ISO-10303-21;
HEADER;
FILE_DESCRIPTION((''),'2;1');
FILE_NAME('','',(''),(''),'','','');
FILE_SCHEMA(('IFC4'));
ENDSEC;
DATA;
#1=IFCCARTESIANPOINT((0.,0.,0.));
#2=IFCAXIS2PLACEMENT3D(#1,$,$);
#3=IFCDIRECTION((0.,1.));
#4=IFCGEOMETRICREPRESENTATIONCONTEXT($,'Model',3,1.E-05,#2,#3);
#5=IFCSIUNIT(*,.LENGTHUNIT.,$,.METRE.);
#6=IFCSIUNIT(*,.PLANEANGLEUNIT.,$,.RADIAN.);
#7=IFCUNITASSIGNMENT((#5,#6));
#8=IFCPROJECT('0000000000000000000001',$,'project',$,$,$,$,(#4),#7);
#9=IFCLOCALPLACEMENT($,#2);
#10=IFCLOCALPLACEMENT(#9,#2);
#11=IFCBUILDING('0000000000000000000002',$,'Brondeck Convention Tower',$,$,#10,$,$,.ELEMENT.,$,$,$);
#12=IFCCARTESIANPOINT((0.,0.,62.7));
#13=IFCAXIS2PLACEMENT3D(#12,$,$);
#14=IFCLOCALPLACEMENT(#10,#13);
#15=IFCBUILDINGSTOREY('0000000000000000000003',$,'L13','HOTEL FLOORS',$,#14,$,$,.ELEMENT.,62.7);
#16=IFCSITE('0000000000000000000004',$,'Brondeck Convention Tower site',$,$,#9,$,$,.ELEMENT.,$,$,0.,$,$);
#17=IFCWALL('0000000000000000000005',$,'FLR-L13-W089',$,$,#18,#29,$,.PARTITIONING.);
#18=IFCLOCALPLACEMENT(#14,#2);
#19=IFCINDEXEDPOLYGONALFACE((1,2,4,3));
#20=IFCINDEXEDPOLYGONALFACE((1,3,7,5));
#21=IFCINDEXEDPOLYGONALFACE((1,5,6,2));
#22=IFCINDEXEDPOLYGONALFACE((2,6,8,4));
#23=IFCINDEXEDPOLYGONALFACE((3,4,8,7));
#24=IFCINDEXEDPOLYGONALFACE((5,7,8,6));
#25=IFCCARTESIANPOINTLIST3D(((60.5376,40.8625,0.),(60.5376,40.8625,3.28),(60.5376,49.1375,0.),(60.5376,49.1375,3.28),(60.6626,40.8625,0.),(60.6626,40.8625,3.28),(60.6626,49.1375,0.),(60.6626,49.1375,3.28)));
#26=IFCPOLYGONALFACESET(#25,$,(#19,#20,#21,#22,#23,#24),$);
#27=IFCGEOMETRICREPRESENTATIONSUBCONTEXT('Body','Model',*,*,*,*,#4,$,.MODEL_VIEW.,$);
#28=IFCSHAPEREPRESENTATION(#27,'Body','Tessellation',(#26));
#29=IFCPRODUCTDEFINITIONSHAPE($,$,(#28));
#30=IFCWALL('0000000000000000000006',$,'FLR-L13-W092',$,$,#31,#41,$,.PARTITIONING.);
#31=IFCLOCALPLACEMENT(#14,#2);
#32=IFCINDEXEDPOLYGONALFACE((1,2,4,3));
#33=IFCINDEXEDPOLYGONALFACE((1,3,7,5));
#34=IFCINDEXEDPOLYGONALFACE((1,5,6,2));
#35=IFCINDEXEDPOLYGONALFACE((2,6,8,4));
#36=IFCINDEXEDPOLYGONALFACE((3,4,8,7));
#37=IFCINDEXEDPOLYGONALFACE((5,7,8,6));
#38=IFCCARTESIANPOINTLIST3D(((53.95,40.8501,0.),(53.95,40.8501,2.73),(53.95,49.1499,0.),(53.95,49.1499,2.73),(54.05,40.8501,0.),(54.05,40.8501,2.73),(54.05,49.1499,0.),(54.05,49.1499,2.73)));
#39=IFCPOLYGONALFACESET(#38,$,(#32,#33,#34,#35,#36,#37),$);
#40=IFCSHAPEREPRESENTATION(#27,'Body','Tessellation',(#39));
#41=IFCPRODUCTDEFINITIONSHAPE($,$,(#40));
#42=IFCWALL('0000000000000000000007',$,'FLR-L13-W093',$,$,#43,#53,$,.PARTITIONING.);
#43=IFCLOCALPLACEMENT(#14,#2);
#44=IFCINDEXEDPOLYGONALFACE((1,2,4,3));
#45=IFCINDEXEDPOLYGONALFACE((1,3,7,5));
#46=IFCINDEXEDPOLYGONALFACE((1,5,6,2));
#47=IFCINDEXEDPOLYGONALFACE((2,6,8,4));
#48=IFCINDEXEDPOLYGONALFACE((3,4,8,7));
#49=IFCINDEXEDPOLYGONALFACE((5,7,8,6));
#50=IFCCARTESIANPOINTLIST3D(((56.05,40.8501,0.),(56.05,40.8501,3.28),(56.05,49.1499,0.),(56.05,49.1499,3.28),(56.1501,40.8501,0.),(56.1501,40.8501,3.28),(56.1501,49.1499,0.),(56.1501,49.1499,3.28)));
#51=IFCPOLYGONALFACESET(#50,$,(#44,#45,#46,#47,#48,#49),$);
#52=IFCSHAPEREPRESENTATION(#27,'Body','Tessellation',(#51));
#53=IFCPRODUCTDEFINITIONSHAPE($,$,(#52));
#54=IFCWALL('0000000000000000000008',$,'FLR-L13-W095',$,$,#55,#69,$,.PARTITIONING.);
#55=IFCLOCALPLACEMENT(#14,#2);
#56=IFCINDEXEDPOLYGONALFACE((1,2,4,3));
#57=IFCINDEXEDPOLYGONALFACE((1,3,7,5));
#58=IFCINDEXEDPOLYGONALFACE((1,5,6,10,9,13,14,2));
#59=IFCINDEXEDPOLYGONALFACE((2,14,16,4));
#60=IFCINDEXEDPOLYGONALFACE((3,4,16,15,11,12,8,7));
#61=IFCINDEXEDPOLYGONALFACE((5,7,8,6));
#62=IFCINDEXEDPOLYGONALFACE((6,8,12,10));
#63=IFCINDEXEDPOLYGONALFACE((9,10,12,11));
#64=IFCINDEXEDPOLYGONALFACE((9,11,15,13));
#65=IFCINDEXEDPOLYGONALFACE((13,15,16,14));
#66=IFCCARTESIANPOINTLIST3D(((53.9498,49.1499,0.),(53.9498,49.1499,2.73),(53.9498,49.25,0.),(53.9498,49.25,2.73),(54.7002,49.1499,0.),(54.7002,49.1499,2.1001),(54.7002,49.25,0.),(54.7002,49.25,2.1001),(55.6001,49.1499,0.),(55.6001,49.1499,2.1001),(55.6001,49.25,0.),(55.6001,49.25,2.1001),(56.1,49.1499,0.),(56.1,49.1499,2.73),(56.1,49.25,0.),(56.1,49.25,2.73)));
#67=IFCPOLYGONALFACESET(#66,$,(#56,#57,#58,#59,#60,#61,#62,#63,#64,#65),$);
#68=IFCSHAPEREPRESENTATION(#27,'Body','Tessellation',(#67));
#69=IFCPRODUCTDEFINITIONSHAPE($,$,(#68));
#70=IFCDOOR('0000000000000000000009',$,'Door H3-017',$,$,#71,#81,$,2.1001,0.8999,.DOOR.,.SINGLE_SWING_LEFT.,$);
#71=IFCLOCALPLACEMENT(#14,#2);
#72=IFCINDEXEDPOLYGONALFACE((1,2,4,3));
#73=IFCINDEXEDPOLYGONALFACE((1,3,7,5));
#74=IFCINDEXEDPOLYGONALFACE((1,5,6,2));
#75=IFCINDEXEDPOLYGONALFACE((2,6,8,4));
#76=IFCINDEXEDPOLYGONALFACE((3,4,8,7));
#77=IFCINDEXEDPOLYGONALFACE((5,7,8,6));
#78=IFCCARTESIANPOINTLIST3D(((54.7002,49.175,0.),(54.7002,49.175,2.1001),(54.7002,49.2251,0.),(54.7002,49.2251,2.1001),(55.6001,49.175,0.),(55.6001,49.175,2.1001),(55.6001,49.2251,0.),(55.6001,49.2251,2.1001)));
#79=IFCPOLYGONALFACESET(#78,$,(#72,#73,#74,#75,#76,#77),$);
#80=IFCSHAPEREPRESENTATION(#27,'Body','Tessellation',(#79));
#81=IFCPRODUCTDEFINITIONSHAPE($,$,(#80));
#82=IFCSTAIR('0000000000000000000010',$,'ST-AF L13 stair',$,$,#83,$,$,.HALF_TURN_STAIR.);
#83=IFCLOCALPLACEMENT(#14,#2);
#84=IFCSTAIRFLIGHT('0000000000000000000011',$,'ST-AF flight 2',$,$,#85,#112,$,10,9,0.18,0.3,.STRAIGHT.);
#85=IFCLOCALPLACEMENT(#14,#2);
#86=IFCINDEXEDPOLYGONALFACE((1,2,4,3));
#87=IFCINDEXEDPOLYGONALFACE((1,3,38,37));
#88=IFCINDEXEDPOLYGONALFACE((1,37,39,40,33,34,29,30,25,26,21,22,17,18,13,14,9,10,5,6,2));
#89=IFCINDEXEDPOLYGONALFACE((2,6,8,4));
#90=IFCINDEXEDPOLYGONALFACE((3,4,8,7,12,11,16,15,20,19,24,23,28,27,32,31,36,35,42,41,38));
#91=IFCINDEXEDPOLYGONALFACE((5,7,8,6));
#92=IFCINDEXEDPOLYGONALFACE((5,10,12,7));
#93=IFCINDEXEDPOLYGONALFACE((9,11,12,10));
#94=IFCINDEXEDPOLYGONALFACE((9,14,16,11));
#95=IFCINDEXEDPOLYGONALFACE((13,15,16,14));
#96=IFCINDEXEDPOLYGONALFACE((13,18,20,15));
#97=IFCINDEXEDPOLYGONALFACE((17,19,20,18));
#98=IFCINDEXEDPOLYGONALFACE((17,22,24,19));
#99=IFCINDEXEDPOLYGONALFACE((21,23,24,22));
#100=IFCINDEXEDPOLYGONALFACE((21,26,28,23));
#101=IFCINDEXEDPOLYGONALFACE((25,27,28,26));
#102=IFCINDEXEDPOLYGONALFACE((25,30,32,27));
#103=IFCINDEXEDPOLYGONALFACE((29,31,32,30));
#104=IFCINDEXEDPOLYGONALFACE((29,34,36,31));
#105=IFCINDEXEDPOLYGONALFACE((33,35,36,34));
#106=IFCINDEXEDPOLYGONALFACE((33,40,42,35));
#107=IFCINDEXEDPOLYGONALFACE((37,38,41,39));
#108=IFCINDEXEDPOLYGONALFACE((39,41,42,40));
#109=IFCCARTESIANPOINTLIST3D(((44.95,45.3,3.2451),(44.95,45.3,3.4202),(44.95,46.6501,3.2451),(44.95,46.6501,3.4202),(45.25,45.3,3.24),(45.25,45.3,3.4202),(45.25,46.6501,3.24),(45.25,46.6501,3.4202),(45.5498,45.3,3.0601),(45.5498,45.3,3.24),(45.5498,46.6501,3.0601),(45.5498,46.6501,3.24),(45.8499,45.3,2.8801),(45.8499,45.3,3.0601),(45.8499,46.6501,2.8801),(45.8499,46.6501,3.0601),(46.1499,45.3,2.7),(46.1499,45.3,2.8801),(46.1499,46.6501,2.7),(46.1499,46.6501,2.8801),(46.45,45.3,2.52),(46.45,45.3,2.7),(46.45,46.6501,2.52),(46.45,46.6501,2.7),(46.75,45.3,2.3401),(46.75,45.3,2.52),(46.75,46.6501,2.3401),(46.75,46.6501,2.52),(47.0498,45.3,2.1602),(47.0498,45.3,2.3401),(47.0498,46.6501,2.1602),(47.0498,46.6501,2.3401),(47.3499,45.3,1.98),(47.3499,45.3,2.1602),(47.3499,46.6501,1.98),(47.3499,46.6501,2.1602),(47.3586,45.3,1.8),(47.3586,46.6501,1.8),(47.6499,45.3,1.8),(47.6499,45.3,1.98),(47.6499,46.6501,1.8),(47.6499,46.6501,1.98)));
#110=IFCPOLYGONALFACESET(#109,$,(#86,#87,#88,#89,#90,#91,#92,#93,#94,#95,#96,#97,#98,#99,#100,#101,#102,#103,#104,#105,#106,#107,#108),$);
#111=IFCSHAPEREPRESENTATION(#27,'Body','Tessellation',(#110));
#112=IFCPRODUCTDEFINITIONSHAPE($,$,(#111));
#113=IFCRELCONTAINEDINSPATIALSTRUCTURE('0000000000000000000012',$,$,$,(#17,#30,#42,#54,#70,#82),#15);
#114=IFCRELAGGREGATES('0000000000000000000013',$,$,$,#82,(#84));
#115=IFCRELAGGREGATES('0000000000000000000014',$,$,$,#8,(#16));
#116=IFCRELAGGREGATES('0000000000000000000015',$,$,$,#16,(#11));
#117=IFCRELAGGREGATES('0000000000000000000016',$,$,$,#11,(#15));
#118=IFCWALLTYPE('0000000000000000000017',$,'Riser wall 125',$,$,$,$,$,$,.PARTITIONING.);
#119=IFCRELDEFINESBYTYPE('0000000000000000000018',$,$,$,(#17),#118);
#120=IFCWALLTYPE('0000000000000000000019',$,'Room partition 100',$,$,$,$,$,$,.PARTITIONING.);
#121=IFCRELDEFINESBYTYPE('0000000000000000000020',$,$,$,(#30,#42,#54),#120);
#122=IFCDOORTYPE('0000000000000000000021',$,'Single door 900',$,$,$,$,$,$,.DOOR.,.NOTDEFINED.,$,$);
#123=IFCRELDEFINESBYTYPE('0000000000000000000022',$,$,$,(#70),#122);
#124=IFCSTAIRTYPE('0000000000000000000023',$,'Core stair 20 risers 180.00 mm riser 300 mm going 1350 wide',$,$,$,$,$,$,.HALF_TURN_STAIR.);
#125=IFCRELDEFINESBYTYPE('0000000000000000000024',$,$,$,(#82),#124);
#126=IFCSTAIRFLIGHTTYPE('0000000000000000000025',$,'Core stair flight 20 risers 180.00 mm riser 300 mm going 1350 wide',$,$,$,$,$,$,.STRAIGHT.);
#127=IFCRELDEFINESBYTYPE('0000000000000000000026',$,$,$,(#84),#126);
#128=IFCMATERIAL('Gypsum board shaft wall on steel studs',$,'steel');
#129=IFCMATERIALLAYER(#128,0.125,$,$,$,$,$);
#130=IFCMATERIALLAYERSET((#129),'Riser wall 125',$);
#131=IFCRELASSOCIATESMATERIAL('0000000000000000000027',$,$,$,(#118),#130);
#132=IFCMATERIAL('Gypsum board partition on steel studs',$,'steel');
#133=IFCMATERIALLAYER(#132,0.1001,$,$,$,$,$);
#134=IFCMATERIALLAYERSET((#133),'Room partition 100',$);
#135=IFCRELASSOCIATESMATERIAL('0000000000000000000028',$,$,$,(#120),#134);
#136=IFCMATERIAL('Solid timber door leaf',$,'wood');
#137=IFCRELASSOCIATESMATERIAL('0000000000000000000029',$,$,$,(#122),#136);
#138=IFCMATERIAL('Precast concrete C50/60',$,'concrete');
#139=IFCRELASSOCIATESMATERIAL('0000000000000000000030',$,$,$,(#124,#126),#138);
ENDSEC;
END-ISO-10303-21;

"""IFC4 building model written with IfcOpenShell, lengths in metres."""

from ifc_helpers import new_model, si_unit, direction, frame, frame_2d, origin, place, context, subcontext, project, spatial, polyline, rectangle, outline, extrude, material, layer, layer_set, type_object, element, fill, aggregate, save


model = new_model("IFC4")

# Units and contexts
model_context = context("Model", 3, precision=1e-05, world=origin(), true_north=direction((0.0, 1.0)))
body_context = subcontext(model_context, "Body", "Model", "MODEL_VIEW")
ifc_project = project(units=[si_unit("LENGTHUNIT", "METRE"), si_unit("PLANEANGLEUNIT", "RADIAN")], contexts=[model_context])

# Site, building, storey
site_placement = place(None, origin())
site = spatial("IfcSite", under=ifc_project, at=site_placement, Name="Brondeck Convention Tower site", CompositionType="ELEMENT", RefElevation=0.0)
building_placement = place(site_placement, origin())
building = spatial("IfcBuilding", under=site, at=building_placement, Name="Brondeck Convention Tower", CompositionType="ELEMENT")
storey_placement = place(building_placement, frame((0.0, 0.0, 62.7)))
storey = spatial("IfcBuildingStorey", under=building, at=storey_placement, Name="L13", Description="HOTEL FLOORS", CompositionType="ELEMENT", Elevation=62.7)

# Shared definitions
ifc_material_1 = material(Name="Solid timber door leaf", Category="wood")

# Walls
ifc_material_2 = material(Name="Gypsum board shaft wall on steel studs", Category="steel")
ifc_layer_1 = layer(ifc_material_2, 0.125)
ifc_layer_set_1 = layer_set([ifc_layer_1], Name="Riser wall 125")
wall_type_1 = type_object("IfcWallType", Name="Riser wall 125", PredefinedType="PARTITIONING", material=ifc_layer_set_1)
wall_1_placement = place(storey_placement, frame((60.6001, 49.1375, 0.0), z_axis=(0.0, 0.0, 1.0), x_axis=(0.0, -1.0, 0.0)))
element("IfcWall", 1, at=wall_1_placement, inside=storey, type_object=wall_type_1, Name="FLR-L13-W089", PredefinedType="PARTITIONING", context=body_context, shape_type="SweptSolid", body=[
    extrude(rectangle(XDim=8.2749, YDim=0.125, at=frame_2d((4.1375, 0.0))), origin(), (0.0, 0.0, 1.0), 3.28),
])
ifc_material_3 = material(Name="Gypsum board partition on steel studs", Category="steel")
ifc_layer_2 = layer(ifc_material_3, 0.1001)
ifc_layer_set_2 = layer_set([ifc_layer_2], Name="Room partition 100")
wall_type_2 = type_object("IfcWallType", Name="Room partition 100", PredefinedType="PARTITIONING", material=ifc_layer_set_2)
wall_2_placement = place(storey_placement, frame((54.0, 49.1499, 0.0), z_axis=(0.0, 0.0, 1.0), x_axis=(0.0, -1.0, 0.0)))
element("IfcWall", 2, at=wall_2_placement, inside=storey, type_object=wall_type_2, Name="FLR-L13-W092", PredefinedType="PARTITIONING", context=body_context, shape_type="SweptSolid", body=[
    extrude(rectangle(XDim=8.2998, YDim=0.1001, at=frame_2d((4.1499, 0.0))), origin(), (0.0, 0.0, 1.0), 2.73),
])
wall_3_placement = place(storey_placement, frame((56.1001, 49.1499, 0.0), z_axis=(0.0, 0.0, 1.0), x_axis=(0.0, -1.0, 0.0)))
element("IfcWall", 3, at=wall_3_placement, inside=storey, type_object=wall_type_2, Name="FLR-L13-W093", PredefinedType="PARTITIONING", context=body_context, shape_type="SweptSolid", body=[
    extrude(rectangle(XDim=8.2998, YDim=0.1001, at=frame_2d((4.1499, 0.0))), origin(), (0.0, 0.0, 1.0), 3.28),
])

# Wall, opening, door
wall_4_placement = place(storey_placement, frame((56.1001, 49.2, 0.0), z_axis=(0.0, 0.0, 1.0), x_axis=(-1.0, 0.0, 0.0)))
wall_4 = element("IfcWall", 4, at=wall_4_placement, inside=storey, type_object=wall_type_2, Name="FLR-L13-W095", PredefinedType="PARTITIONING", context=body_context, shape_type="SweptSolid", body=[
    extrude(rectangle(XDim=2.1501, YDim=0.1001, at=frame_2d((1.0752, 0.0))), origin(), (0.0, 0.0, 1.0), 2.73),
])
opening_1_placement = place(wall_4_placement, frame((0.5, 0.0, 0.0)))
opening_1 = element("IfcOpeningElement", 5, at=opening_1_placement, cuts=wall_4, PredefinedType="OPENING", context=body_context, shape_type="SweptSolid", body=[
    extrude(rectangle(XDim=0.8999, YDim=2.1001, at=frame_2d((0.45, 1.05))), frame((0.0, 0.0601, 0.0), z_axis=(0.0, -1.0, 0.0), x_axis=(1.0, 0.0, 0.0)), (0.0, 0.0, 1.0), 0.1201),
])
door_type_1 = type_object("IfcDoorType", Name="Single door 900", OperationType="NOTDEFINED", PredefinedType="DOOR", material=ifc_material_1)
door_1_placement = place(opening_1_placement, origin())
door_1 = element("IfcDoor", 6, at=door_1_placement, inside=storey, type_object=door_type_1, Name="Door H3-017", OperationType="SINGLE_SWING_LEFT", OverallHeight=2.1001, OverallWidth=0.8999, PredefinedType="DOOR", context=body_context, shape_type="SweptSolid", body=[
    extrude(rectangle(XDim=0.8999, YDim=2.1001, at=frame_2d((0.45, 1.05))), frame((0.0, 0.0249, 0.0), z_axis=(0.0, -1.0, 0.0), x_axis=(1.0, 0.0, 0.0)), (0.0, 0.0, 1.0), 0.05),
])
fill(opening_1, door_1)

# Stair, stair flight
ifc_material_4 = material(Name="Precast concrete C50/60", Category="concrete")
stair_type = type_object("IfcStairType", Name="Core stair 20 risers 180.00 mm riser 300 mm going 1350 wide", PredefinedType="HALF_TURN_STAIR", material=ifc_material_4)
stair_placement = place(storey_placement, origin())
stair = element("IfcStair", 7, at=stair_placement, inside=storey, type_object=stair_type, Name="ST-AF L13 stair", PredefinedType="HALF_TURN_STAIR")
stair_flight_type = type_object("IfcStairFlightType", Name="Core stair flight 20 risers 180.00 mm riser 300 mm going 1350 wide", PredefinedType="STRAIGHT", material=ifc_material_4)
stair_flight_placement = place(storey_placement, frame((47.6499, 45.9751, 1.8), z_axis=(0.0, 0.0, 1.0), x_axis=(-1.0, 0.0, 0.0)))
stair_flight = element("IfcStairFlight", 8, at=stair_flight_placement, type_object=stair_flight_type, Name="ST-AF flight 2", NumberOfRisers=10, NumberOfTreads=9, PredefinedType="STRAIGHT", RiserHeight=0.18, TreadLength=0.3, context=body_context, shape_type="SweptSolid", body=[
    extrude(outline(polyline([(0.0, 0.0), (0.0, 0.1799), (0.3, 0.1799), (0.3, 0.3601), (0.6001, 0.3601), (0.6001, 0.54), (0.8999, 0.54), (0.8999, 0.72), (1.2, 0.72), (1.2, 0.8999), (1.5, 0.8999), (1.5, 1.0801), (1.8, 1.0801), (1.8, 1.26), (2.1001, 1.26), (2.1001, 1.4399), (2.3999, 1.4399), (2.3999, 1.6201), (2.7, 1.6201), (2.7, 1.8), (2.7, 1.4451), (0.2913, 0.0), (0.0, 0.0)])), frame((0.0, 0.675, 0.0), z_axis=(0.0, -1.0, 0.0), x_axis=(1.0, 0.0, 0.0)), (0.0, 0.0, 1.0), 1.3501),
])
aggregate(stair, [stair_flight])

save(model, "model.ifc")
